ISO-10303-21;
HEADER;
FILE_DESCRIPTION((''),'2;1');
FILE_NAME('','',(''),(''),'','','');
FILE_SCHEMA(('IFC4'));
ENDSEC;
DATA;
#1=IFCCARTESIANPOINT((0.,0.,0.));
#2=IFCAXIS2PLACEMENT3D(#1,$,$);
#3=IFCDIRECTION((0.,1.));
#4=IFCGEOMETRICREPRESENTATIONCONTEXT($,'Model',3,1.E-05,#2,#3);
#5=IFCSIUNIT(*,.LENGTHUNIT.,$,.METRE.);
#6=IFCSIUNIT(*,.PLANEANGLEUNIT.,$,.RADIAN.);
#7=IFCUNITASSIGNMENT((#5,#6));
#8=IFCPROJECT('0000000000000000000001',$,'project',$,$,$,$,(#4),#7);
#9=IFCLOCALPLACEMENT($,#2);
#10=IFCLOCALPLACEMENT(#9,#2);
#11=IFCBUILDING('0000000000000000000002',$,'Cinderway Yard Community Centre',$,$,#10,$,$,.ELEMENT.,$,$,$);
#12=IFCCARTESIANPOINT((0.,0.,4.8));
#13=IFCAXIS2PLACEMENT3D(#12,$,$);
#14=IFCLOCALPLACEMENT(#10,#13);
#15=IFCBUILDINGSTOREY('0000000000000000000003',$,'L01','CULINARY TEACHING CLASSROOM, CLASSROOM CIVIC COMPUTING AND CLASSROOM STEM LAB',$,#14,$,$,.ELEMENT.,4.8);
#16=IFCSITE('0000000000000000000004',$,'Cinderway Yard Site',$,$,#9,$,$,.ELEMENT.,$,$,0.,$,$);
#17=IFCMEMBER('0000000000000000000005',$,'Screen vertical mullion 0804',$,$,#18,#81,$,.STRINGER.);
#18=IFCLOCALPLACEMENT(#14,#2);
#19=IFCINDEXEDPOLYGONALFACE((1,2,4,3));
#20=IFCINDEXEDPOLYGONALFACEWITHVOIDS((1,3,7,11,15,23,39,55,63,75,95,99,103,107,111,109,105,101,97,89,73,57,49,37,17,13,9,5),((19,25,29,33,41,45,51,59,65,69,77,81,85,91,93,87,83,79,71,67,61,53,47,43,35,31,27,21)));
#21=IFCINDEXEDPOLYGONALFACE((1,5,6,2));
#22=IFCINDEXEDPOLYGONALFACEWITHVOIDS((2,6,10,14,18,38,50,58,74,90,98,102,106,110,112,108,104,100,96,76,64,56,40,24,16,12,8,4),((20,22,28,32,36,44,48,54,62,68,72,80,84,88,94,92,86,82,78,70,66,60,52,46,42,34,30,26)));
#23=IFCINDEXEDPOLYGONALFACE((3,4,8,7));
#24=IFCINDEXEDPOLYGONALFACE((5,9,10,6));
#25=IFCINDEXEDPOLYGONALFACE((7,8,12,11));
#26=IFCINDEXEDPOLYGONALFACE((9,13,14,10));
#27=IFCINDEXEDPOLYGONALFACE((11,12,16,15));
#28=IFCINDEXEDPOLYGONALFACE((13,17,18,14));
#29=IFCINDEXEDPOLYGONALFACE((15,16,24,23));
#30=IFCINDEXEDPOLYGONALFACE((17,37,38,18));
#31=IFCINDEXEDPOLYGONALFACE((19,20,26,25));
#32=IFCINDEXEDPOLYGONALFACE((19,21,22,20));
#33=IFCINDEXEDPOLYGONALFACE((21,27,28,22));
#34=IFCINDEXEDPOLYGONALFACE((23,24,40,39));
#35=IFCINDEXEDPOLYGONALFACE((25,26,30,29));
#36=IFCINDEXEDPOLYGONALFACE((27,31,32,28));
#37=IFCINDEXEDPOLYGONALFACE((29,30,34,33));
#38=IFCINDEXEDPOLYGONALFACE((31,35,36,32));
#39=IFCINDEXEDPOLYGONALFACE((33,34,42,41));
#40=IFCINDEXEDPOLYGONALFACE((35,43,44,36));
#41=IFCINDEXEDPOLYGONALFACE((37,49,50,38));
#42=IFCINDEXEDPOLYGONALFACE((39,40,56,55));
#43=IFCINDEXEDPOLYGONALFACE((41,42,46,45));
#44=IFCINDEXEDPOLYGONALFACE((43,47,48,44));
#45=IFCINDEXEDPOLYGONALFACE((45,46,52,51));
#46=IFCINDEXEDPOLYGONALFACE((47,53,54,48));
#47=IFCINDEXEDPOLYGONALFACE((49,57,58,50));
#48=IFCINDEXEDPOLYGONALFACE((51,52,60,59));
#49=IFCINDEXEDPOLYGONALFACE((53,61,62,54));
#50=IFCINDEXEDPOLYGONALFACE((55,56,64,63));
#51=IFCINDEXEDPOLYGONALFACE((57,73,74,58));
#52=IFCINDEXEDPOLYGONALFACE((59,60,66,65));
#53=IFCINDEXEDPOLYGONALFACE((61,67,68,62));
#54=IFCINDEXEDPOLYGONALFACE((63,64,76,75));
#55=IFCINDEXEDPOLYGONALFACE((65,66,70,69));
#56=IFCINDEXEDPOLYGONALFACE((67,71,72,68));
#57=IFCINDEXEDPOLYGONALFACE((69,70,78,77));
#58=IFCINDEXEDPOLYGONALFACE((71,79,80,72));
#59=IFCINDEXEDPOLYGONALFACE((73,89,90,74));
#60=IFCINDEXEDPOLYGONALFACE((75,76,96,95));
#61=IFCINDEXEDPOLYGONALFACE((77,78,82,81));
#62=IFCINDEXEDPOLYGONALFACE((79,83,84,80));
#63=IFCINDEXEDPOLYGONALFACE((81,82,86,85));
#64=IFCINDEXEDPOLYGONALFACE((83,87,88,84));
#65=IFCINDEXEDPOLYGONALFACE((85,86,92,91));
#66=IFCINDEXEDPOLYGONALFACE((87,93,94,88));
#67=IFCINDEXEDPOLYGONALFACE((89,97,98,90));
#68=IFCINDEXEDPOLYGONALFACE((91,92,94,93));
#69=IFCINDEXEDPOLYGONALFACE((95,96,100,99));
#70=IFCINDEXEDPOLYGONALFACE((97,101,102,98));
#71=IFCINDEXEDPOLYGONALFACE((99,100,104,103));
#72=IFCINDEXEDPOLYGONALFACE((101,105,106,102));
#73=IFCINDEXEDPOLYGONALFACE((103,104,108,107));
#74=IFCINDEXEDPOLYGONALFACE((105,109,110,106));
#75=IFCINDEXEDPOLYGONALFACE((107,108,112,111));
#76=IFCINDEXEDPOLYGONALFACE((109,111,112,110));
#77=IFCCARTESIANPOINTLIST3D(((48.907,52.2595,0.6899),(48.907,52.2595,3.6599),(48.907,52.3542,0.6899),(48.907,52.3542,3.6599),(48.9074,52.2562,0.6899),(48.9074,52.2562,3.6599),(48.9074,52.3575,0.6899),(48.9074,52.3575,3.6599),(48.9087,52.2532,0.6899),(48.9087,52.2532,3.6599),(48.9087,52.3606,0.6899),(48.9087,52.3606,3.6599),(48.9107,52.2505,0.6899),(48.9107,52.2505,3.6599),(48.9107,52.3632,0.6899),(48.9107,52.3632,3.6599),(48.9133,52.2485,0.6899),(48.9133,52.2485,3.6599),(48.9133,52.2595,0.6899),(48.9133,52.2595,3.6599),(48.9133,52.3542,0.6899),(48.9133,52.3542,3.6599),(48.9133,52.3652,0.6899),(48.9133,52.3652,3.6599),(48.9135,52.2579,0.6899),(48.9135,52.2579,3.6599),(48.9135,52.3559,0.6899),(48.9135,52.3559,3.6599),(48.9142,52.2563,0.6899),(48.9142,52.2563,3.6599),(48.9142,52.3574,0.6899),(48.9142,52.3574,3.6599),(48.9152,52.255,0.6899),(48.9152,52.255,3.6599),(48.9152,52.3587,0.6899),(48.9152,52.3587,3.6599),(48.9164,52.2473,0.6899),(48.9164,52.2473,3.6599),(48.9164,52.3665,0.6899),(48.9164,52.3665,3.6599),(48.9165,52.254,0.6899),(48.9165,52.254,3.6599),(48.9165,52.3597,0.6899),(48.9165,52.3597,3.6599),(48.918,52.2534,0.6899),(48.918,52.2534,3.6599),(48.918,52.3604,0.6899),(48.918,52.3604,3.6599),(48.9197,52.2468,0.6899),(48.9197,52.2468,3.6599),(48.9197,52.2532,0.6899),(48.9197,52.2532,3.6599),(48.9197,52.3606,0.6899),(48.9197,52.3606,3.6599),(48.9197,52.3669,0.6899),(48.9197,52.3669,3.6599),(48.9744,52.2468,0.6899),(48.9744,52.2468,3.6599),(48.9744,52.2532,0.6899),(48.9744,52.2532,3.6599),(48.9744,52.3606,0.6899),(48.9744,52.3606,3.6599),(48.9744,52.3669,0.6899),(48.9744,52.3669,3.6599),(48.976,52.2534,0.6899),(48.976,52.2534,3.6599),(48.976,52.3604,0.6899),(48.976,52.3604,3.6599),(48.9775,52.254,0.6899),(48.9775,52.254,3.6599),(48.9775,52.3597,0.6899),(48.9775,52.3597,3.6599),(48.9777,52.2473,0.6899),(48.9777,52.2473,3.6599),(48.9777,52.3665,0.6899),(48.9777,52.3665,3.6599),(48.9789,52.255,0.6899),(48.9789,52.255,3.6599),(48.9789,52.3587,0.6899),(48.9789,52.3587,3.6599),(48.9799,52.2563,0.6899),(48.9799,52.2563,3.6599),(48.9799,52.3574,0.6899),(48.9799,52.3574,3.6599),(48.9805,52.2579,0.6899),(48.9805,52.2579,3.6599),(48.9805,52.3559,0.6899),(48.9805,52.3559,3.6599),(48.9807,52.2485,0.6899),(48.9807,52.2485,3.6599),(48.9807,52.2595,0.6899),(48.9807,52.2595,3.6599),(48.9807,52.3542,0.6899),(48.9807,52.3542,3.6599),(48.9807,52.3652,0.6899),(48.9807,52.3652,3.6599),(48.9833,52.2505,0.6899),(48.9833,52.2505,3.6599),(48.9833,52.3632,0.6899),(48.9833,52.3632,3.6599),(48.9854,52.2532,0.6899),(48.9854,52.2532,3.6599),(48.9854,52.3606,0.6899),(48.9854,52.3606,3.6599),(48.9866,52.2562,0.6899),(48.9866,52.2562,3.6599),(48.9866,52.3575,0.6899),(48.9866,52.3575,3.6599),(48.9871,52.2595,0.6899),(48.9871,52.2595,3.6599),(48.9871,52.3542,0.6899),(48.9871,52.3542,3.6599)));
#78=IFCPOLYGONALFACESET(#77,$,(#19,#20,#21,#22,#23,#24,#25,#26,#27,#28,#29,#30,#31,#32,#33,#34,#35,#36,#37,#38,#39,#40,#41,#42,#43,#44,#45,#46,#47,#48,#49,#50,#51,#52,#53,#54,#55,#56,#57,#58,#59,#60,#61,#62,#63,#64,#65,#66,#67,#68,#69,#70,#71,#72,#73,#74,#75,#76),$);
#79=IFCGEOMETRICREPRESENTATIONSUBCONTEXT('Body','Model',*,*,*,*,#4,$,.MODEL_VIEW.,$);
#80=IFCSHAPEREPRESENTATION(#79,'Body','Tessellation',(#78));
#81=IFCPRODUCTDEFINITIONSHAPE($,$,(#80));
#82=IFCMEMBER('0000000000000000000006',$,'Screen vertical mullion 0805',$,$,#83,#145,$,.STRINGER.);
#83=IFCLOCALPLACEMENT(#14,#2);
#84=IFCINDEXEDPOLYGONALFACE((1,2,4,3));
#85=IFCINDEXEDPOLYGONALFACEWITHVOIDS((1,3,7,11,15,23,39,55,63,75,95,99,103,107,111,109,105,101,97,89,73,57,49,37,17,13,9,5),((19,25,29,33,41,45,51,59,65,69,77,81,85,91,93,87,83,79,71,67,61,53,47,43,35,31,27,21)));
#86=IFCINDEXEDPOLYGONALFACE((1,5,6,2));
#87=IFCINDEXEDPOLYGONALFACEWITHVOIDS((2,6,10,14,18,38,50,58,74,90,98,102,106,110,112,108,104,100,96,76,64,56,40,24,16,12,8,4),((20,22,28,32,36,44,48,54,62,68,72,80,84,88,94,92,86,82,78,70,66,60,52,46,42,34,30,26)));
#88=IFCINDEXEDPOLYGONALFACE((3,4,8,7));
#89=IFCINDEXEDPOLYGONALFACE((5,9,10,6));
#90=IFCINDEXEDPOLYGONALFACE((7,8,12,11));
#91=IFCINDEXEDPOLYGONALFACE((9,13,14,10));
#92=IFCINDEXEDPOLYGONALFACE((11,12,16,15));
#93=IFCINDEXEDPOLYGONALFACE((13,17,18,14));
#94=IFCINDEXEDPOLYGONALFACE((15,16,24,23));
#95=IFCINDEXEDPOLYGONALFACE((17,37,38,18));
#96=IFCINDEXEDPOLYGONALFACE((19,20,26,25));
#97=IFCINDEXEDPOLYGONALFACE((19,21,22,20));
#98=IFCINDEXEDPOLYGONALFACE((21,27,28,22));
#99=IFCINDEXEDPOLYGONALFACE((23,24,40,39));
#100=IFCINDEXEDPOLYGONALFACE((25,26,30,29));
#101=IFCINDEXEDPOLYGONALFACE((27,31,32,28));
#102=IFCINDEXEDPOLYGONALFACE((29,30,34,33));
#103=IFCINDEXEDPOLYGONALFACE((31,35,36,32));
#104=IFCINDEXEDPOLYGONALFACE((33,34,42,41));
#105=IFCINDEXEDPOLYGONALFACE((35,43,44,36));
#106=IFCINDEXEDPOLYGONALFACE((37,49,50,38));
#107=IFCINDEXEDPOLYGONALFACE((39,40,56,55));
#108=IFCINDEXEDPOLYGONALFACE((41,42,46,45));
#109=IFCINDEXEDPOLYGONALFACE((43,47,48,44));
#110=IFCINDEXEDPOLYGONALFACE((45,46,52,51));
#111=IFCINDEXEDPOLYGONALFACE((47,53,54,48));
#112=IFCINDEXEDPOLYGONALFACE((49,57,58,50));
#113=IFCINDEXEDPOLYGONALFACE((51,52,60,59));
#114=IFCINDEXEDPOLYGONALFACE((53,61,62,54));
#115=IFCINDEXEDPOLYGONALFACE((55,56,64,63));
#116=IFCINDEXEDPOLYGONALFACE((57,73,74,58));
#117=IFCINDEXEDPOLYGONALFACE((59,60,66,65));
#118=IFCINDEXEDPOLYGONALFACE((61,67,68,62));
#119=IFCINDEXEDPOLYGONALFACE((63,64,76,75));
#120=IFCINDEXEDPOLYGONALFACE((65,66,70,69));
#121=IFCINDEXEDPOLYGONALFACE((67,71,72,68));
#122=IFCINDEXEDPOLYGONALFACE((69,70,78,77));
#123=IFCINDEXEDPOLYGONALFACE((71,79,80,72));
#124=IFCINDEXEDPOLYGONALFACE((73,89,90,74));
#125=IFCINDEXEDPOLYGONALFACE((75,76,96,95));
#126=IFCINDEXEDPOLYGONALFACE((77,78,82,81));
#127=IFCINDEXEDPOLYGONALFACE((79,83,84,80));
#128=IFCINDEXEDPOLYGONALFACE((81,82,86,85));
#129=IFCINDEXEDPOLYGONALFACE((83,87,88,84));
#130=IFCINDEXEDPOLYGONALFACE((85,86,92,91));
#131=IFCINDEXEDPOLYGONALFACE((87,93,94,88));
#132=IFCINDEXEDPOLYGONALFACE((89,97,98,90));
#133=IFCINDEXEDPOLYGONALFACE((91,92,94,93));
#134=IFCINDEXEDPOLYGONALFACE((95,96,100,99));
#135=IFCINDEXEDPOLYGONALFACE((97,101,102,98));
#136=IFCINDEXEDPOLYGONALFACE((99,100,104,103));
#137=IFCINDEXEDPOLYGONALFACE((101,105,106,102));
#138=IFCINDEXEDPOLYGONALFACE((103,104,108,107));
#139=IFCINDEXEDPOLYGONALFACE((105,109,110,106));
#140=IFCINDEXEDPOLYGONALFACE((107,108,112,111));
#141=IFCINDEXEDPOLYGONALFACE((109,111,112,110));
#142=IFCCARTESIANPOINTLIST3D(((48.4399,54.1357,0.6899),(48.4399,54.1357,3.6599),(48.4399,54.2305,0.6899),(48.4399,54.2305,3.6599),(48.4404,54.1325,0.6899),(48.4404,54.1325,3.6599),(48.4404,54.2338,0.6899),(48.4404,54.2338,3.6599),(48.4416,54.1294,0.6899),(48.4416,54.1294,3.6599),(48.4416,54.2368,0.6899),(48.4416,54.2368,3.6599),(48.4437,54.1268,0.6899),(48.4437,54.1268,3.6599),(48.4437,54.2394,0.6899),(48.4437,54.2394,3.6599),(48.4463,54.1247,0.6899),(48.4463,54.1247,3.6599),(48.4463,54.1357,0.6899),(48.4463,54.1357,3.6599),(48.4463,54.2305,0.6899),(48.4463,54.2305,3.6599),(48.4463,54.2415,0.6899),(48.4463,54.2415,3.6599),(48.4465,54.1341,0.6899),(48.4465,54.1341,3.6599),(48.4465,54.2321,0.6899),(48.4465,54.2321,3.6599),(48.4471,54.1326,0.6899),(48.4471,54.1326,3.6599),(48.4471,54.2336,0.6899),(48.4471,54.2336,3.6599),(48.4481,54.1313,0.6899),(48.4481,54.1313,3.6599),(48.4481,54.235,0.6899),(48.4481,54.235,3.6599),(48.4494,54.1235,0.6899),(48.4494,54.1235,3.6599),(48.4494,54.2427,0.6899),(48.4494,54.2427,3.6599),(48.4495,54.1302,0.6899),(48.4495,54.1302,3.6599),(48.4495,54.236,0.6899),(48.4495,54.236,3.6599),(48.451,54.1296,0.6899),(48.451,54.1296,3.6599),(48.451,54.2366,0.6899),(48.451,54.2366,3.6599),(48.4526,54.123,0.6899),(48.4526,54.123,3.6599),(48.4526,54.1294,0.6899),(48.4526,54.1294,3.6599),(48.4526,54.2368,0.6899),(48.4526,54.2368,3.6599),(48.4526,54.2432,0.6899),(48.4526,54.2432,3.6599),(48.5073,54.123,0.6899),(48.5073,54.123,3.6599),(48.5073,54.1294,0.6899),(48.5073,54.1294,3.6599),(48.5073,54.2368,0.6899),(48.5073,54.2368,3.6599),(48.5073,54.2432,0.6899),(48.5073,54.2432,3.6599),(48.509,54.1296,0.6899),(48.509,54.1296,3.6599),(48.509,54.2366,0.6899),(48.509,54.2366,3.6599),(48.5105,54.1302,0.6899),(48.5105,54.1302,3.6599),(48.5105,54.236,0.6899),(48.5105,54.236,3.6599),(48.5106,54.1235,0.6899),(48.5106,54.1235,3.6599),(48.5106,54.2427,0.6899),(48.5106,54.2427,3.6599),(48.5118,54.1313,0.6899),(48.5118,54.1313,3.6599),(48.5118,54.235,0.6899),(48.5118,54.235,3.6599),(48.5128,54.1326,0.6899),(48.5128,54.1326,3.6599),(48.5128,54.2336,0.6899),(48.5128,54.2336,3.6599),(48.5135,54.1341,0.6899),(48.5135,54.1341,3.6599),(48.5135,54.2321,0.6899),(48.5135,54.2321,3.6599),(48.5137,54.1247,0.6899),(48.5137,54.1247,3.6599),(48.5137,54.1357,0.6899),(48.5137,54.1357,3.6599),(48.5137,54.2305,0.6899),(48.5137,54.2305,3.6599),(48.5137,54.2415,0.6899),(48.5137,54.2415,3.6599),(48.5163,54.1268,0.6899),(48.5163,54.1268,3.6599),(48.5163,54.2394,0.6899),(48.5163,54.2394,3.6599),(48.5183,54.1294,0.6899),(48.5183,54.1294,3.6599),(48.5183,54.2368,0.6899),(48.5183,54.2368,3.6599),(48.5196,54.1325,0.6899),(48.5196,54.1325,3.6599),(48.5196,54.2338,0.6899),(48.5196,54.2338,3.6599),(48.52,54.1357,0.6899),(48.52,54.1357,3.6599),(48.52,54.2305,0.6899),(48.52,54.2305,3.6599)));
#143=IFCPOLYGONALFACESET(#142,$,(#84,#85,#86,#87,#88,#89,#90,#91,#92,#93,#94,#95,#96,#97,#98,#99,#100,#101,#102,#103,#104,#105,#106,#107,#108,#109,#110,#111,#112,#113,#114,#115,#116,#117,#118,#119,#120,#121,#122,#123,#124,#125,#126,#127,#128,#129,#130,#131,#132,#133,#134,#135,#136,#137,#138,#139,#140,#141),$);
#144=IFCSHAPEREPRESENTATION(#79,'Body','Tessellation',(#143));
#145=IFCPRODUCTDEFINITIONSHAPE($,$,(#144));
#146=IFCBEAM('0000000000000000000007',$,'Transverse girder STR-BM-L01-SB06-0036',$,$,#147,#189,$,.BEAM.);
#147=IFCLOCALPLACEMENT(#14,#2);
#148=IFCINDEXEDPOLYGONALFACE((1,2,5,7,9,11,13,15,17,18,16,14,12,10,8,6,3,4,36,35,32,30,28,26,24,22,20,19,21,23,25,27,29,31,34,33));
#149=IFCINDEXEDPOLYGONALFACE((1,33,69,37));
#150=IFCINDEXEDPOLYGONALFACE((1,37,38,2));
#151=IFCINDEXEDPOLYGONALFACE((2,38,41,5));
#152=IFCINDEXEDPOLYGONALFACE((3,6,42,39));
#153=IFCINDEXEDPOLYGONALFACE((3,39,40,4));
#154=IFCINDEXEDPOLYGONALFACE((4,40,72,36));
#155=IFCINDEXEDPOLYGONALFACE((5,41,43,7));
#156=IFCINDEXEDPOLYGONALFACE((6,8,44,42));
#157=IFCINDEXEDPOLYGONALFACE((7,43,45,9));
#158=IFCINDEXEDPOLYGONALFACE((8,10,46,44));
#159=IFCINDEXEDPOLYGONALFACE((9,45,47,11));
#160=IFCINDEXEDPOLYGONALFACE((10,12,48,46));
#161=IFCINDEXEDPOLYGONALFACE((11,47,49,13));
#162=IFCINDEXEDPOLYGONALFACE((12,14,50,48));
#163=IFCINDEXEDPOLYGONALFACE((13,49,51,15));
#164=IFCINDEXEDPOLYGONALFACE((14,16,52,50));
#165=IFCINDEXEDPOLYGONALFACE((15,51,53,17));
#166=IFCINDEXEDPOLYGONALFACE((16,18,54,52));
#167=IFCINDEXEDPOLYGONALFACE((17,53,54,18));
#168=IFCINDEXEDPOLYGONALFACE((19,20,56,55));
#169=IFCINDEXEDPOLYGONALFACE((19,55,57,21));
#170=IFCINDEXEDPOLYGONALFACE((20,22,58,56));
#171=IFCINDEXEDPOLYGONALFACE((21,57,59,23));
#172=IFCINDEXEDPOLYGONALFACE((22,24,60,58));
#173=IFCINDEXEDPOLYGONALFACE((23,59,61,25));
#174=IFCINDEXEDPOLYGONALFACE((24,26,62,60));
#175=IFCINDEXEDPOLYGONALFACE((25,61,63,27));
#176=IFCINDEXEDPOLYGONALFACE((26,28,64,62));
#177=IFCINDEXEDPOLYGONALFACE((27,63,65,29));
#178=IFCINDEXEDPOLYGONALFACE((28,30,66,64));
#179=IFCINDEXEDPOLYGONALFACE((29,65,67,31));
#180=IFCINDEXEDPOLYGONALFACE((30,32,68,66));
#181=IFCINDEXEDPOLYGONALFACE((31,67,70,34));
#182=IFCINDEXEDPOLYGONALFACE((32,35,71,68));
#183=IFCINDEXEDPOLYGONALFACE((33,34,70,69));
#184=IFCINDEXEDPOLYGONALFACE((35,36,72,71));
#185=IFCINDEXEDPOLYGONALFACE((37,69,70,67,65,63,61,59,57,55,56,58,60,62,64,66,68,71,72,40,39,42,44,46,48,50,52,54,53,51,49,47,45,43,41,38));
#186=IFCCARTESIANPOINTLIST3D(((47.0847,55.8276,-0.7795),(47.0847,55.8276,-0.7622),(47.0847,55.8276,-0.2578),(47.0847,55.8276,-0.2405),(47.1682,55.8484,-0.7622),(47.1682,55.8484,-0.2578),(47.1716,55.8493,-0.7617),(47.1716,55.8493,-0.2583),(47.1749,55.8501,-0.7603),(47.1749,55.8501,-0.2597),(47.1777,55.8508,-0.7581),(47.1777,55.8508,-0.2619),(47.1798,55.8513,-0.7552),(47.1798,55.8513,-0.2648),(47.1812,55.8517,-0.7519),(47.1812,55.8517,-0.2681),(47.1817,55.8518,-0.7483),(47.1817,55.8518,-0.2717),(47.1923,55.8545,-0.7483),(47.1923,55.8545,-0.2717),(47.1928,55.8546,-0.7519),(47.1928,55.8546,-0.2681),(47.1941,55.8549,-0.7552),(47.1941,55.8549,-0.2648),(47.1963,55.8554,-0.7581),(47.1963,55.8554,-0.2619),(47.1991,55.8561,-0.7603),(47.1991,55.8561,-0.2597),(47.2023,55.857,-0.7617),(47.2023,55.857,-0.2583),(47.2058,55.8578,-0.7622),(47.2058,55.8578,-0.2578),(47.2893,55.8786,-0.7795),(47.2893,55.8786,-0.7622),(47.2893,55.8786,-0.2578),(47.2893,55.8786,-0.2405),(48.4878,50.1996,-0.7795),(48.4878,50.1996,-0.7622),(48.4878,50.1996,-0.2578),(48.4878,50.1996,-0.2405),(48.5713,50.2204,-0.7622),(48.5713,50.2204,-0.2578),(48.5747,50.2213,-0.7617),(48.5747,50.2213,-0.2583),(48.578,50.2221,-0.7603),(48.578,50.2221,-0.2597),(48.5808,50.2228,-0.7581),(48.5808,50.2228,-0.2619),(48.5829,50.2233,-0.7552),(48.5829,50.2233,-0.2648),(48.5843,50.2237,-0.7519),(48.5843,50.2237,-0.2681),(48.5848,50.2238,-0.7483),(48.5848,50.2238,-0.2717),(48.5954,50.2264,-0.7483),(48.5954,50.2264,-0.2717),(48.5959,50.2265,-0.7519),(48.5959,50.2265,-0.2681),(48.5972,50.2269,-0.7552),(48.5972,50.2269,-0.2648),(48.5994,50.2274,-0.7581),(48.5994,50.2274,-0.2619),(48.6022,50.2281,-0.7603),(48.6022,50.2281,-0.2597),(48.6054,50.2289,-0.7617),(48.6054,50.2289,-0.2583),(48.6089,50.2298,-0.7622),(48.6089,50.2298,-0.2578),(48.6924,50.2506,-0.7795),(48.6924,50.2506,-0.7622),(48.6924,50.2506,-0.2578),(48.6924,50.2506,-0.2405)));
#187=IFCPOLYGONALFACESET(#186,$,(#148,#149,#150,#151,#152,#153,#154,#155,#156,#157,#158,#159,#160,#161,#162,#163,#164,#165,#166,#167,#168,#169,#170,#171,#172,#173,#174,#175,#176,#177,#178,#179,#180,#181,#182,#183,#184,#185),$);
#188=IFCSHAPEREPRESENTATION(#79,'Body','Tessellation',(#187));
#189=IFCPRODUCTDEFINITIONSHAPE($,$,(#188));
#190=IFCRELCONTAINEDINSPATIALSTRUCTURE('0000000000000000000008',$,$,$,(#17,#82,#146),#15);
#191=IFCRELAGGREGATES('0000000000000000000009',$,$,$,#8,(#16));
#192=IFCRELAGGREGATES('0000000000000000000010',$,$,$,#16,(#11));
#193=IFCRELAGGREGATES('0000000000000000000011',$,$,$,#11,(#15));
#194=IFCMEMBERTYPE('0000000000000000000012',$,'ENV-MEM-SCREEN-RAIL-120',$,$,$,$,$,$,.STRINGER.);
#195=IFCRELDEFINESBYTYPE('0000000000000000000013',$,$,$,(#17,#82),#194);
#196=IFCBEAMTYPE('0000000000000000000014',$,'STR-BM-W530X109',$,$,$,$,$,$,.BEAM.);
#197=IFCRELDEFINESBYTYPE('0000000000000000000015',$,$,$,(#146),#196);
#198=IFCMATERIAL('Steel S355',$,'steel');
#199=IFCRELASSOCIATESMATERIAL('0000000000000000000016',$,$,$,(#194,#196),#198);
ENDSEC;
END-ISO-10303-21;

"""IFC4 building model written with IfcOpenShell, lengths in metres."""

from ifc_helpers import new_model, si_unit, direction, frame, origin, origin_2d, place, context, subcontext, project, spatial, hollow_rectangle, i_section, extrude, material, material_profile, profile_set, type_object, element, save


model = new_model("IFC4")

# Units and contexts
model_context = context("Model", 3, precision=1e-05, world=origin(), true_north=direction((0.0, 1.0)))
body_context = subcontext(model_context, "Body", "Model", "MODEL_VIEW")
ifc_project = project(units=[si_unit("LENGTHUNIT", "METRE"), si_unit("PLANEANGLEUNIT", "RADIAN")], contexts=[model_context])

# Site, building, storey
site_placement = place(None, origin())
site = spatial("IfcSite", under=ifc_project, at=site_placement, Name="Cinderway Yard Site", CompositionType="ELEMENT", RefElevation=0.0)
building_placement = place(site_placement, origin())
building = spatial("IfcBuilding", under=site, at=building_placement, Name="Cinderway Yard Community Centre", CompositionType="ELEMENT")
storey_placement = place(building_placement, frame((0.0, 0.0, 4.8)))
storey = spatial("IfcBuildingStorey", under=building, at=storey_placement, Name="L01", Description="CULINARY TEACHING CLASSROOM, CLASSROOM CIVIC COMPUTING AND CLASSROOM STEM LAB", CompositionType="ELEMENT", Elevation=4.8)

# Members
ifc_material_1 = material(Name="Steel S355", Category="steel")
ifc_material_profile_1 = material_profile(ifc_material_1, hollow_rectangle(XDim=0.0801, YDim=0.1201, WallThickness=0.0063, InnerFilletRadius=0.0063, OuterFilletRadius=0.0127, at=origin_2d()), Name="Steel S355")
ifc_profile_set_1 = profile_set([ifc_material_profile_1], Name="Steel S355")
member_type_1 = type_object("IfcMemberType", Name="ENV-MEM-SCREEN-RAIL-120", PredefinedType="STRINGER", material=ifc_profile_set_1)
for number, where, z_axis, x_axis, name in (
    (1, (48.947, 52.3069, 0.6899), (0.0, 0.0, 1.0), (1.0, 0.0, 0.0), "Screen vertical mullion 0804"),
    (2, (48.48, 54.1831, 0.6899), (0.0, 0.0, 1.0), (1.0, 0.0, 0.0), "Screen vertical mullion 0805"),
):
    element("IfcMember", number, at=place(storey_placement, frame(where, z_axis=z_axis, x_axis=x_axis)), inside=storey, type_object=member_type_1, Name=name, PredefinedType="STRINGER", context=body_context, shape_type="SweptSolid", body=[
        extrude(hollow_rectangle(XDim=0.0801, YDim=0.1201, WallThickness=0.0063, InnerFilletRadius=0.0063, OuterFilletRadius=0.0127, at=origin_2d()), origin(), (0.0, 0.0, 1.0), 2.97),
    ])

# Beam
ifc_material_profile_2 = material_profile(ifc_material_1, i_section(OverallWidth=0.2109, OverallDepth=0.5391, WebThickness=0.011, FlangeThickness=0.0173, FilletRadius=0.0139, at=origin_2d()), Name="Steel S355")
ifc_profile_set_2 = profile_set([ifc_material_profile_2], Name="Steel S355")
beam_type = type_object("IfcBeamType", Name="STR-BM-W530X109", PredefinedType="BEAM", material=ifc_profile_set_2)
beam_placement = place(storey_placement, frame((48.5901, 50.2251, -0.51), z_axis=(-0.241902, 0.970301, 0.0), x_axis=(-0.970301, -0.241902, 0.0)))
element("IfcBeam", 3, at=beam_placement, inside=storey, type_object=beam_type, Name="Transverse girder STR-BM-L01-SB06-0036", PredefinedType="BEAM", context=body_context, shape_type="SweptSolid", body=[
    extrude(i_section(OverallWidth=0.2109, OverallDepth=0.5391, WebThickness=0.011, FlangeThickness=0.0173, FilletRadius=0.0139, at=origin_2d()), origin(), (0.0, 0.0, 1.0), 5.8003),
])

save(model, "model.ifc")
